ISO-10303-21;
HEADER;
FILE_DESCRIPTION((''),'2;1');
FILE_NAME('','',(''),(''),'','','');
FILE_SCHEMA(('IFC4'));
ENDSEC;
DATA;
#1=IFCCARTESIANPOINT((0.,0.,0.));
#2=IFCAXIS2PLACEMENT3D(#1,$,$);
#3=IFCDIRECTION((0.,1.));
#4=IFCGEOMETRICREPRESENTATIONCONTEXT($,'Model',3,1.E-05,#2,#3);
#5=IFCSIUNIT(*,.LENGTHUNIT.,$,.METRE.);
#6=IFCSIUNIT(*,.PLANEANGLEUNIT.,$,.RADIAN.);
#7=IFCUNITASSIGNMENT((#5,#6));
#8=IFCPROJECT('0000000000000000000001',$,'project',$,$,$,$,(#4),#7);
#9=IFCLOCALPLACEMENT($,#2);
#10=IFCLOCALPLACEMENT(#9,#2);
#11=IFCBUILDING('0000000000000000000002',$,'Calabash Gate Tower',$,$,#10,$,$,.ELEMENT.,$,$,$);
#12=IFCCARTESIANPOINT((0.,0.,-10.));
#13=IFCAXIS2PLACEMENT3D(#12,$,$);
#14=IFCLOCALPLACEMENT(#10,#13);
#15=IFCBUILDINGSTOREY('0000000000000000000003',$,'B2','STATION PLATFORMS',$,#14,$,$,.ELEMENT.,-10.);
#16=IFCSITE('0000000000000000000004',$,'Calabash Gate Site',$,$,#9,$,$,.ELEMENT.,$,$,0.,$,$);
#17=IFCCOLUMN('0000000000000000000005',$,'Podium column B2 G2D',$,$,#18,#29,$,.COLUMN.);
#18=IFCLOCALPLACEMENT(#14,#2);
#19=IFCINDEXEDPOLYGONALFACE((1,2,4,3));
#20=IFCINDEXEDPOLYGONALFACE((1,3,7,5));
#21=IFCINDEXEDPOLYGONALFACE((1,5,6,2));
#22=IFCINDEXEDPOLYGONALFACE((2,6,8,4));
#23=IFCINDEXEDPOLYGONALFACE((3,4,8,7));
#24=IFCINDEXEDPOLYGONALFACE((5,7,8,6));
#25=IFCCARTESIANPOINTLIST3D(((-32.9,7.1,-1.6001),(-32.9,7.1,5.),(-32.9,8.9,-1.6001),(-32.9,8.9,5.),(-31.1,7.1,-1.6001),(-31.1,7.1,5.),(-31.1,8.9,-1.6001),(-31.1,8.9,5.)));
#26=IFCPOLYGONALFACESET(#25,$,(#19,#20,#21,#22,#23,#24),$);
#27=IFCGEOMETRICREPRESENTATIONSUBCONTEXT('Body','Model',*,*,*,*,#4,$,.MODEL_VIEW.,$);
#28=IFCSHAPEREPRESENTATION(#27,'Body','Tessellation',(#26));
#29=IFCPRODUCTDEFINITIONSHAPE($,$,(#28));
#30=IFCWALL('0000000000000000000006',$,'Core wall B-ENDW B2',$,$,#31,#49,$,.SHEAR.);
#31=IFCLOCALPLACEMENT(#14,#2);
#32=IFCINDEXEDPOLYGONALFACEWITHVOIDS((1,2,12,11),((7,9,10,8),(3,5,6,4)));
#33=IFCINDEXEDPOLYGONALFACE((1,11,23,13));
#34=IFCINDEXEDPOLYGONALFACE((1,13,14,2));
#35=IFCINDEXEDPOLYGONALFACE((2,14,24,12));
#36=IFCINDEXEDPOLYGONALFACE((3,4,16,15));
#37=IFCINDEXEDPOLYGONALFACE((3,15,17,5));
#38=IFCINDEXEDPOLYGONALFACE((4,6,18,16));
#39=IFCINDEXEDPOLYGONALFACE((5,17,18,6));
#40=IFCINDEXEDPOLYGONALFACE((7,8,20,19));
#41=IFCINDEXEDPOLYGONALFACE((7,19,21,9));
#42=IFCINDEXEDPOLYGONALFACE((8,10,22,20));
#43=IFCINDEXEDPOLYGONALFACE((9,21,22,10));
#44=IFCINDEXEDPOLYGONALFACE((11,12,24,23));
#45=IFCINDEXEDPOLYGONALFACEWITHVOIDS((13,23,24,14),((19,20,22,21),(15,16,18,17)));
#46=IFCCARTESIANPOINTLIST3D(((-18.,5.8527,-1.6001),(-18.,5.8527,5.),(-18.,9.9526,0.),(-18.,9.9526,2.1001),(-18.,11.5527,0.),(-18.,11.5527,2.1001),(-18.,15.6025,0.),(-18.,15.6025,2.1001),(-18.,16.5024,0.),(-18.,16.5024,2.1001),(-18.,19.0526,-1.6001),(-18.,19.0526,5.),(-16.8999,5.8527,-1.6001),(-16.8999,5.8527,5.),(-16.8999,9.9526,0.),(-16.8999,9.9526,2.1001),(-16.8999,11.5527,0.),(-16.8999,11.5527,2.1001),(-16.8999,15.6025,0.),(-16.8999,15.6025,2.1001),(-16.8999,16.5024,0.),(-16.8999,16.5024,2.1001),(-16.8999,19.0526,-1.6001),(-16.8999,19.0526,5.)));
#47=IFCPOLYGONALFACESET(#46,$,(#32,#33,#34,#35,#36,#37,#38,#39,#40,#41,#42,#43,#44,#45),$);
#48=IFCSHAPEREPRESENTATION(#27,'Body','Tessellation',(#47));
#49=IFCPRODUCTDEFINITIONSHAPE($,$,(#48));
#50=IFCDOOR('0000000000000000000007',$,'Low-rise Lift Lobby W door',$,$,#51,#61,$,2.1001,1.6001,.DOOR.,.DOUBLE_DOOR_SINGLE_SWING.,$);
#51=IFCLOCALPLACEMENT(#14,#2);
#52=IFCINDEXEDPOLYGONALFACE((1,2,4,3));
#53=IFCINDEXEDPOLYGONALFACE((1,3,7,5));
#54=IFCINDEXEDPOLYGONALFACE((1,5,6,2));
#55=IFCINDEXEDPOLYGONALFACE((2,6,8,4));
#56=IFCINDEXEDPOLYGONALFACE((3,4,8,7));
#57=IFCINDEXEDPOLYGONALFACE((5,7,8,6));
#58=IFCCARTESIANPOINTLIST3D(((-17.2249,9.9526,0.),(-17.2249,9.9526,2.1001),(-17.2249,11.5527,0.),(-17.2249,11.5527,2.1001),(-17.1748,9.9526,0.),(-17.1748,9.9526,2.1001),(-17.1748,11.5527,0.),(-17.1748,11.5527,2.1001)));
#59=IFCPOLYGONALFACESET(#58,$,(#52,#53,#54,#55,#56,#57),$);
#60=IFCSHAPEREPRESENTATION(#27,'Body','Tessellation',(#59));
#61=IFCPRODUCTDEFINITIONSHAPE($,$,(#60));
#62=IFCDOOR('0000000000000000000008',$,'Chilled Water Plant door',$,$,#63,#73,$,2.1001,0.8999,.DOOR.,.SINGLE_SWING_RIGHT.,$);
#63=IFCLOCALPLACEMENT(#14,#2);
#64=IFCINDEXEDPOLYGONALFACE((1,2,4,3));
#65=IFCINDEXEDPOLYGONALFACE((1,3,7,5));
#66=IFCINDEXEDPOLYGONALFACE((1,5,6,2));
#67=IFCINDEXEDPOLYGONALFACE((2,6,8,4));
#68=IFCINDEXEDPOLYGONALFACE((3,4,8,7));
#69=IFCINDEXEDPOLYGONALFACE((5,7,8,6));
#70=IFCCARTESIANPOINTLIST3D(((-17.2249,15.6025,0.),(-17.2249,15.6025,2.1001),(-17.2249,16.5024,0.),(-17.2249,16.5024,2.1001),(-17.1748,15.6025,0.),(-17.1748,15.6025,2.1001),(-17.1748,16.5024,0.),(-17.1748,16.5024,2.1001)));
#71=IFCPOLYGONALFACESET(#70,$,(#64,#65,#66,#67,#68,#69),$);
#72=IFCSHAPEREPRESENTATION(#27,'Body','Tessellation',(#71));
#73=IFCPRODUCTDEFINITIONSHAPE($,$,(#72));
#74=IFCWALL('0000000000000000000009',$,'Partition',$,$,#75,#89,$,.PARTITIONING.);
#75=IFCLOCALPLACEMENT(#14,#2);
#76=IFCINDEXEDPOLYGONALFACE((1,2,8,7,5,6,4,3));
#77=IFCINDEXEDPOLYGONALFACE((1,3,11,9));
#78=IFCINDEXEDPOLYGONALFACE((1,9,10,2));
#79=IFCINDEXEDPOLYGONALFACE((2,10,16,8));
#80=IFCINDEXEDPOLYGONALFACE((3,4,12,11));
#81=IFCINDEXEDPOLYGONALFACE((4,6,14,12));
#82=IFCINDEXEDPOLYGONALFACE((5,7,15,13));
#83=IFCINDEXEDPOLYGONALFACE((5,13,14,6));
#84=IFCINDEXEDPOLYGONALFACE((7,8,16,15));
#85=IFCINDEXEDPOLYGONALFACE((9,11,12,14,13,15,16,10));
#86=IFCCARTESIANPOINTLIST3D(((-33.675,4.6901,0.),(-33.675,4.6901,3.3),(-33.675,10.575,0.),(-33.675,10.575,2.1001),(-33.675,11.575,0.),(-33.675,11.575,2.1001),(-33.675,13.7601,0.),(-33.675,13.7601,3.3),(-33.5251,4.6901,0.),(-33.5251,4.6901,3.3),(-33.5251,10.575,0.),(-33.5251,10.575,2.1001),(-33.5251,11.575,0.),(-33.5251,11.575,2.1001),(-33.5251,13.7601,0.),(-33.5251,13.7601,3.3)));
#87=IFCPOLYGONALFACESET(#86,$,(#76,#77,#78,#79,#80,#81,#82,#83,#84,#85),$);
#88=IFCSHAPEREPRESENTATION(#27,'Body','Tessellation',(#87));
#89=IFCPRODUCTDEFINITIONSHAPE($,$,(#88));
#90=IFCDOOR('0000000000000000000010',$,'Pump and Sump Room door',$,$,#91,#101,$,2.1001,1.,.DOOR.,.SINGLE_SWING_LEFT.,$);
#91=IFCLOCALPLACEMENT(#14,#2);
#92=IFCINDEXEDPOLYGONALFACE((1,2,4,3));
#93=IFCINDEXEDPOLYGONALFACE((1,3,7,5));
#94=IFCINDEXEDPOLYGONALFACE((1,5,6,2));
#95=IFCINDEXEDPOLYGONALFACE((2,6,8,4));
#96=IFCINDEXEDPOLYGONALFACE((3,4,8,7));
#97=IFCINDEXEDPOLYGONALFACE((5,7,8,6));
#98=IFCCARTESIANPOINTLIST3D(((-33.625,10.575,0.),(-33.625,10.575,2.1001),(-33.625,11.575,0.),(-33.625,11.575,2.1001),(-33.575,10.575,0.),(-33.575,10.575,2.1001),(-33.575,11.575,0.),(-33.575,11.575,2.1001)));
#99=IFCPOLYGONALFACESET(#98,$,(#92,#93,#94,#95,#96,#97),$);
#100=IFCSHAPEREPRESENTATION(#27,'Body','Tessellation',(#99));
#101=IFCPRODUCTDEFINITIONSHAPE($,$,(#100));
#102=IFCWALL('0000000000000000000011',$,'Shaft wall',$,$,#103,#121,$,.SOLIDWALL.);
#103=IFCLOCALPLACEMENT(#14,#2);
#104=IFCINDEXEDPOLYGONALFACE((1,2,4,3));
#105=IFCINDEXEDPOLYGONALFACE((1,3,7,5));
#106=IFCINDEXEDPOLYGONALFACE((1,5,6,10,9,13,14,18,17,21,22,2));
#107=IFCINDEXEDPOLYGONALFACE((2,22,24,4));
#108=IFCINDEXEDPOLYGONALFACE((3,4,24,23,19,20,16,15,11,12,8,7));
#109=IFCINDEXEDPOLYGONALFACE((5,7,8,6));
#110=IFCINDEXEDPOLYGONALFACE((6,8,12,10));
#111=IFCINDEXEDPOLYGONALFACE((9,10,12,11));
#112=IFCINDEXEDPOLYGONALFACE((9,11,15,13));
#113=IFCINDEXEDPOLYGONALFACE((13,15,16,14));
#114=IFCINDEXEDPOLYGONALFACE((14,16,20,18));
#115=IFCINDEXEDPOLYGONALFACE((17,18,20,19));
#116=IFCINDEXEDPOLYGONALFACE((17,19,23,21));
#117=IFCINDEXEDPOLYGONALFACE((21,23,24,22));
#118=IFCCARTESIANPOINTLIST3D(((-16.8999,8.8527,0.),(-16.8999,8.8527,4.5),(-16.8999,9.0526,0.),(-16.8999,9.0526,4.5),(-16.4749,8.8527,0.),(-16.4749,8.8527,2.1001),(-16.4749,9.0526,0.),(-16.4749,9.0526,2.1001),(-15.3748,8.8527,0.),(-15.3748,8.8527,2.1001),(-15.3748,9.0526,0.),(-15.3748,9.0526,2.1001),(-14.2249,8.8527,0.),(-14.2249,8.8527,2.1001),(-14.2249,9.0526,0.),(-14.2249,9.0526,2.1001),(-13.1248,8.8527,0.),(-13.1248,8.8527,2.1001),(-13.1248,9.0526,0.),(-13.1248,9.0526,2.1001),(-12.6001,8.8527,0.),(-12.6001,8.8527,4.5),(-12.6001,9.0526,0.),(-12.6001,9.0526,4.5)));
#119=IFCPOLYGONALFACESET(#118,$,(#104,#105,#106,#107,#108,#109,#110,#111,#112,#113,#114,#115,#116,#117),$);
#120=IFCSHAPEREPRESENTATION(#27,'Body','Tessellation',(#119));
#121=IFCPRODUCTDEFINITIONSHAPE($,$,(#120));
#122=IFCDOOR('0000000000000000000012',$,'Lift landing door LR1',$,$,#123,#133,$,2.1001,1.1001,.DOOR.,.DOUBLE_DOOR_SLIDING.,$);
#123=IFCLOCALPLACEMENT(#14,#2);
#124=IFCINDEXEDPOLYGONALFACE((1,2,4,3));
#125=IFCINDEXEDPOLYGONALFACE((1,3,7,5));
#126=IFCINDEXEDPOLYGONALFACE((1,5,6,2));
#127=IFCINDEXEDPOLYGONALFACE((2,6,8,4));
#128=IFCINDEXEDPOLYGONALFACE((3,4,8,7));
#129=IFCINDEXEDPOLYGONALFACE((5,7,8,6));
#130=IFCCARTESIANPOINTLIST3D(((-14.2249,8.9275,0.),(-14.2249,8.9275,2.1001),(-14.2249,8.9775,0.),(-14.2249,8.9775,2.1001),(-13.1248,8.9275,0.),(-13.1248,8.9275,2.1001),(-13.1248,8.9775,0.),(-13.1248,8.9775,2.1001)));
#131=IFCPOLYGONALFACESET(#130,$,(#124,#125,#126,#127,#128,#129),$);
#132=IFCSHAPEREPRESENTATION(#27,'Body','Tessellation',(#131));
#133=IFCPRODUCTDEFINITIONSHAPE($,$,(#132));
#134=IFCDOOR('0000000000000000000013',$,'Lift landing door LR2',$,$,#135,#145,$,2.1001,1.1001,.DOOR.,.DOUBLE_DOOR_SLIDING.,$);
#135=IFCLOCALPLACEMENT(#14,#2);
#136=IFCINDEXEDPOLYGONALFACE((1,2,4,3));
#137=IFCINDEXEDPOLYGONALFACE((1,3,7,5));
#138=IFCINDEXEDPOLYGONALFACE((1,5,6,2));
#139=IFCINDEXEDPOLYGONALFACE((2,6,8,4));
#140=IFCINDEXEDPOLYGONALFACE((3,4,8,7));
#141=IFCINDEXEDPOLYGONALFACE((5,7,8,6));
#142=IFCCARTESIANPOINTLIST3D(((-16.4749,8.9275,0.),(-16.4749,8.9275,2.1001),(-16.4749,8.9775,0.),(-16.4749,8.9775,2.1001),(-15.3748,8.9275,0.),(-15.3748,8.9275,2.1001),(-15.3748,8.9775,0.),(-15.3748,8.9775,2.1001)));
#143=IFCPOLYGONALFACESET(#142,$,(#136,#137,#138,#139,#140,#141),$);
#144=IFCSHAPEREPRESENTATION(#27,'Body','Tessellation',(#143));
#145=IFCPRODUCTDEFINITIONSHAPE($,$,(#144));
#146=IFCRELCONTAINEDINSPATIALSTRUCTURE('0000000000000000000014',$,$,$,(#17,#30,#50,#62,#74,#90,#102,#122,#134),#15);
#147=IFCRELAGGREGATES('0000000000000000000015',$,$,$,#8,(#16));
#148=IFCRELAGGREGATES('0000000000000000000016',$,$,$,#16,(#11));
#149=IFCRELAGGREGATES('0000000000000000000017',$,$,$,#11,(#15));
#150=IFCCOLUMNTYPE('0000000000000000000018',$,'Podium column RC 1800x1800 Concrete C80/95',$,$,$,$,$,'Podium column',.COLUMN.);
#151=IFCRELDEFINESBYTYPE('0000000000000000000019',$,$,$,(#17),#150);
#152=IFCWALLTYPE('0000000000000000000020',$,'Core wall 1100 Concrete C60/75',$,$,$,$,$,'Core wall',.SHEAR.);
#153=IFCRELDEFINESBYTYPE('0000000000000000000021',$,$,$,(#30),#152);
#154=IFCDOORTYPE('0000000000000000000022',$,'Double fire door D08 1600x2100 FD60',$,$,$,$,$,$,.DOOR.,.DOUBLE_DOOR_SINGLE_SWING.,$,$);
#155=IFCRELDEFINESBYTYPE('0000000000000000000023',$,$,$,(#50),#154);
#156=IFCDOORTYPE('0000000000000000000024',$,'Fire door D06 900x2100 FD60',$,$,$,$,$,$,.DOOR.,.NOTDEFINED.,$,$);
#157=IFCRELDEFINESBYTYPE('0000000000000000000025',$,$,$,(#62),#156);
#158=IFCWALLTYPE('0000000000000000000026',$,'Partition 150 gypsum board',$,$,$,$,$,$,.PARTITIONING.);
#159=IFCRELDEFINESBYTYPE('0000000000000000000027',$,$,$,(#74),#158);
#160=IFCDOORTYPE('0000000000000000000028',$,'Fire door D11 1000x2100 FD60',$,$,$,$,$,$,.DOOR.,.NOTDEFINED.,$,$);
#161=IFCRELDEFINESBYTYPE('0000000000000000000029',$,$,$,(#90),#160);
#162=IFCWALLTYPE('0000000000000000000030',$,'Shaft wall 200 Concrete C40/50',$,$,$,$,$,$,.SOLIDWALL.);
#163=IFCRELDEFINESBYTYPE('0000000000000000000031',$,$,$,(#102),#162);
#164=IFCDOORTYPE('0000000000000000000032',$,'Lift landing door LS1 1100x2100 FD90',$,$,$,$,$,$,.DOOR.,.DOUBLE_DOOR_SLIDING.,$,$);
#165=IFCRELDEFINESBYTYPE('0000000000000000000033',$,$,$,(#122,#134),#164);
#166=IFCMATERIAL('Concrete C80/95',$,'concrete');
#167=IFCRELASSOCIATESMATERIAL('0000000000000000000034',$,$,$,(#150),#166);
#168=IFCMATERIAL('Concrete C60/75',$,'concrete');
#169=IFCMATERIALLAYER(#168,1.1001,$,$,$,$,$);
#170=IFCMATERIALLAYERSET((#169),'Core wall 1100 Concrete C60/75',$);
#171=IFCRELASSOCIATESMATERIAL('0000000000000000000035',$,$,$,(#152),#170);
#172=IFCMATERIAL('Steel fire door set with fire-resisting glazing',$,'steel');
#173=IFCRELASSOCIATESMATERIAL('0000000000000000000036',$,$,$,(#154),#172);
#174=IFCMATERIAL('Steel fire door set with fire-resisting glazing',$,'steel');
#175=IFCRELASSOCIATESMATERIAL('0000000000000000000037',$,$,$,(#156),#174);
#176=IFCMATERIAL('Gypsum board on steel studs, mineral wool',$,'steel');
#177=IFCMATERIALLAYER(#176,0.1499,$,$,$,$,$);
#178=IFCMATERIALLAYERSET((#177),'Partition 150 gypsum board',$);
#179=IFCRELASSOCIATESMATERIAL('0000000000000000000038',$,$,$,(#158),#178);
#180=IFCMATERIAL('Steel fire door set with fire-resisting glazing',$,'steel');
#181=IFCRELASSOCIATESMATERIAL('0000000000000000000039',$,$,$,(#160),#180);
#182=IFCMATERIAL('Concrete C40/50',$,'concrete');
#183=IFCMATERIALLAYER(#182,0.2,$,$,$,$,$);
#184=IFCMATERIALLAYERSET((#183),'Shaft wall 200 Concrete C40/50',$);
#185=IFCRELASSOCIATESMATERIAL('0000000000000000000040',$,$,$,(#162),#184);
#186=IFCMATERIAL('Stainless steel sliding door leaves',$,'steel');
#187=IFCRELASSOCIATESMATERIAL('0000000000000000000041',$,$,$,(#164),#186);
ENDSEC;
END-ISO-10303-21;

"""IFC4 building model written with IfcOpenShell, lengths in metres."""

from ifc_helpers import new_model, si_unit, direction, frame, frame_2d, origin, origin_2d, place, context, subcontext, project, spatial, rectangle, extrude, material, layer, layer_set, material_profile, profile_set, type_object, element, fill, save


model = new_model("IFC4")

# Units and contexts
model_context = context("Model", 3, precision=1e-05, world=origin(), true_north=direction((0.0, 1.0)))
body_context = subcontext(model_context, "Body", "Model", "MODEL_VIEW")
ifc_project = project(units=[si_unit("LENGTHUNIT", "METRE"), si_unit("PLANEANGLEUNIT", "RADIAN")], contexts=[model_context])

# Site, building, storey
site_placement = place(None, origin())
site = spatial("IfcSite", under=ifc_project, at=site_placement, Name="Calabash Gate Site", CompositionType="ELEMENT", RefElevation=0.0)
building_placement = place(site_placement, origin())
building = spatial("IfcBuilding", under=site, at=building_placement, Name="Calabash Gate Tower", CompositionType="ELEMENT")
storey_placement = place(building_placement, frame((0.0, 0.0, -10.0)))
storey = spatial("IfcBuildingStorey", under=building, at=storey_placement, Name="B2", Description="STATION PLATFORMS", CompositionType="ELEMENT", Elevation=-10.0)

# Column
ifc_material_1 = material(Name="Concrete C80/95", Category="concrete")
ifc_material_profile_1 = material_profile(ifc_material_1, rectangle(XDim=1.8, YDim=1.8, at=origin_2d()))
ifc_profile_set_1 = profile_set([ifc_material_profile_1], Name="Concrete C80/95")
column_type_1 = type_object("IfcColumnType", Name="Podium column RC 1800x1800 Concrete C80/95", ElementType="Podium column", PredefinedType="COLUMN", material=ifc_profile_set_1)
column_1_placement = place(storey_placement, frame((-32.0, 8.0, -1.6001), z_axis=(0.0, 0.0, 1.0), x_axis=(1.0, 0.0, 0.0)))
element("IfcColumn", 1, at=column_1_placement, inside=storey, type_object=column_type_1, Name="Podium column B2 G2D", PredefinedType="COLUMN", context=body_context, shape_type="SweptSolid", body=[
    extrude(rectangle(XDim=1.8, YDim=1.8, at=origin_2d()), origin(), (0.0, 0.0, 1.0), 6.6001),
])

# Wall, openings, doors
ifc_material_2 = material(Name="Concrete C60/75", Category="concrete")
ifc_layer_1 = layer(ifc_material_2, 1.1001)
ifc_layer_set_1 = layer_set([ifc_layer_1], Name="Core wall 1100 Concrete C60/75")
wall_type_1 = type_object("IfcWallType", Name="Core wall 1100 Concrete C60/75", ElementType="Core wall", PredefinedType="SHEAR", material=ifc_layer_set_1)
wall_1_placement = place(storey_placement, frame((-17.45, 5.8525, -1.6001), z_axis=(0.0, 0.0, 1.0), x_axis=(0.0, 1.0, 0.0)))
wall_1 = element("IfcWall", 2, at=wall_1_placement, inside=storey, type_object=wall_type_1, Name="Core wall B-ENDW B2", PredefinedType="SHEAR", context=body_context, shape_type="SweptSolid", body=[
    extrude(rectangle(XDim=13.2, YDim=1.1001, at=frame_2d((6.6001, 0.0))), origin(), (0.0, 0.0, 1.0), 6.6001),
])
opening_1_placement = place(wall_1_placement, frame((4.1001, 0.0, 1.6001)))
opening_1 = element("IfcOpeningElement", 3, at=opening_1_placement, cuts=wall_1, PredefinedType="OPENING", context=body_context, shape_type="SweptSolid", body=[
    extrude(rectangle(XDim=1.6001, YDim=2.1001, at=frame_2d((0.8, 1.05))), frame((0.0, 0.5601, 0.0), z_axis=(0.0, -1.0, 0.0), x_axis=(1.0, 0.0, 0.0)), (0.0, 0.0, 1.0), 1.1201),
])
opening_2_placement = place(wall_1_placement, frame((9.75, 0.0, 1.6001)))
opening_2 = element("IfcOpeningElement", 4, at=opening_2_placement, cuts=wall_1, PredefinedType="OPENING", context=body_context, shape_type="SweptSolid", body=[
    extrude(rectangle(XDim=0.8999, YDim=2.1001, at=frame_2d((0.45, 1.05))), frame((0.0, 0.5601, 0.0), z_axis=(0.0, -1.0, 0.0), x_axis=(1.0, 0.0, 0.0)), (0.0, 0.0, 1.0), 1.1201),
])
ifc_material_3 = material(Name="Steel fire door set with fire-resisting glazing", Category="steel")
door_type_1 = type_object("IfcDoorType", Name="Double fire door D08 1600x2100 FD60", OperationType="DOUBLE_DOOR_SINGLE_SWING", PredefinedType="DOOR", material=ifc_material_3)
door_1_placement = place(opening_1_placement, origin())
door_1 = element("IfcDoor", 5, at=door_1_placement, inside=storey, type_object=door_type_1, Name="Low-rise Lift Lobby W door", OperationType="DOUBLE_DOOR_SINGLE_SWING", OverallHeight=2.1001, OverallWidth=1.6001, PredefinedType="DOOR", context=body_context, shape_type="SweptSolid", body=[
    extrude(rectangle(XDim=1.6001, YDim=2.1001, at=frame_2d((0.8, 1.05))), frame((0.0, -0.2251, 0.0), z_axis=(0.0, -1.0, 0.0), x_axis=(1.0, 0.0, 0.0)), (0.0, 0.0, 1.0), 0.05),
])
fill(opening_1, door_1)
ifc_material_4 = material(Name="Steel fire door set with fire-resisting glazing", Category="steel")
door_type_2 = type_object("IfcDoorType", Name="Fire door D06 900x2100 FD60", OperationType="NOTDEFINED", PredefinedType="DOOR", material=ifc_material_4)
door_2_placement = place(opening_2_placement, origin())
door_2 = element("IfcDoor", 6, at=door_2_placement, inside=storey, type_object=door_type_2, Name="Chilled Water Plant door", OperationType="SINGLE_SWING_RIGHT", OverallHeight=2.1001, OverallWidth=0.8999, PredefinedType="DOOR", context=body_context, shape_type="SweptSolid", body=[
    extrude(rectangle(XDim=0.8999, YDim=2.1001, at=frame_2d((0.45, 1.05))), frame((0.0, -0.2251, 0.0), z_axis=(0.0, -1.0, 0.0), x_axis=(1.0, 0.0, 0.0)), (0.0, 0.0, 1.0), 0.05),
])
fill(opening_2, door_2)

# Wall, opening, door
ifc_material_5 = material(Name="Gypsum board on steel studs, mineral wool", Category="steel")
ifc_layer_2 = layer(ifc_material_5, 0.1499)
ifc_layer_set_2 = layer_set([ifc_layer_2], Name="Partition 150 gypsum board")
wall_type_2 = type_object("IfcWallType", Name="Partition 150 gypsum board", PredefinedType="PARTITIONING", material=ifc_layer_set_2)
wall_2_placement = place(storey_placement, frame((-33.6001, 4.6899, 0.0), z_axis=(0.0, 0.0, 1.0), x_axis=(0.0, 1.0, 0.0)))
wall_2 = element("IfcWall", 7, at=wall_2_placement, inside=storey, type_object=wall_type_2, Name="Partition", PredefinedType="PARTITIONING", context=body_context, shape_type="SweptSolid", body=[
    extrude(rectangle(XDim=9.0701, YDim=0.1499, at=frame_2d((4.5352, 0.0))), origin(), (0.0, 0.0, 1.0), 3.3),
])
opening_3_placement = place(wall_2_placement, frame((5.885, 0.0, 0.0)))
opening_3 = element("IfcOpeningElement", 8, at=opening_3_placement, cuts=wall_2, PredefinedType="OPENING", context=body_context, shape_type="SweptSolid", body=[
    extrude(rectangle(XDim=1.0, YDim=2.1001, at=frame_2d((0.5, 1.05))), frame((0.0, 0.085, 0.0), z_axis=(0.0, -1.0, 0.0), x_axis=(1.0, 0.0, 0.0)), (0.0, 0.0, 1.0), 0.1699),
])
ifc_material_6 = material(Name="Steel fire door set with fire-resisting glazing", Category="steel")
door_type_3 = type_object("IfcDoorType", Name="Fire door D11 1000x2100 FD60", OperationType="NOTDEFINED", PredefinedType="DOOR", material=ifc_material_6)
door_3_placement = place(opening_3_placement, origin())
door_3 = element("IfcDoor", 9, at=door_3_placement, inside=storey, type_object=door_type_3, Name="Pump and Sump Room door", OperationType="SINGLE_SWING_LEFT", OverallHeight=2.1001, OverallWidth=1.0, PredefinedType="DOOR", context=body_context, shape_type="SweptSolid", body=[
    extrude(rectangle(XDim=1.0, YDim=2.1001, at=frame_2d((0.5, 1.05))), frame((0.0, 0.0249, 0.0), z_axis=(0.0, -1.0, 0.0), x_axis=(1.0, 0.0, 0.0)), (0.0, 0.0, 1.0), 0.05),
])
fill(opening_3, door_3)

# Wall, openings, doors
ifc_material_7 = material(Name="Concrete C40/50", Category="concrete")
ifc_layer_3 = layer(ifc_material_7, 0.2)
ifc_layer_set_3 = layer_set([ifc_layer_3], Name="Shaft wall 200 Concrete C40/50")
wall_type_3 = type_object("IfcWallType", Name="Shaft wall 200 Concrete C40/50", PredefinedType="SOLIDWALL", material=ifc_layer_set_3)
wall_3_placement = place(storey_placement, frame((-16.8999, 8.9526, 0.0), z_axis=(0.0, 0.0, 1.0), x_axis=(1.0, 0.0, 0.0)))
wall_3 = element("IfcWall", 10, at=wall_3_placement, inside=storey, type_object=wall_type_3, Name="Shaft wall", PredefinedType="SOLIDWALL", context=body_context, shape_type="SweptSolid", body=[
    extrude(rectangle(XDim=4.2998, YDim=0.2, at=frame_2d((2.1499, 0.0))), origin(), (0.0, 0.0, 1.0), 4.5),
])
opening_4_placement = place(wall_3_placement, frame((2.675, 0.0, 0.0)))
opening_4 = element("IfcOpeningElement", 11, at=opening_4_placement, cuts=wall_3, PredefinedType="OPENING", context=body_context, shape_type="SweptSolid", body=[
    extrude(rectangle(XDim=1.1001, YDim=2.1001, at=frame_2d((0.55, 1.05))), frame((0.0, 0.1099, 0.0), z_axis=(0.0, -1.0, 0.0), x_axis=(1.0, 0.0, 0.0)), (0.0, 0.0, 1.0), 0.22),
])
opening_5_placement = place(wall_3_placement, frame((0.425, 0.0, 0.0)))
opening_5 = element("IfcOpeningElement", 12, at=opening_5_placement, cuts=wall_3, PredefinedType="OPENING", context=body_context, shape_type="SweptSolid", body=[
    extrude(rectangle(XDim=1.1001, YDim=2.1001, at=frame_2d((0.55, 1.05))), frame((0.0, 0.1099, 0.0), z_axis=(0.0, -1.0, 0.0), x_axis=(1.0, 0.0, 0.0)), (0.0, 0.0, 1.0), 0.22),
])
ifc_material_8 = material(Name="Stainless steel sliding door leaves", Category="steel")
door_type_4 = type_object("IfcDoorType", Name="Lift landing door LS1 1100x2100 FD90", OperationType="DOUBLE_DOOR_SLIDING", PredefinedType="DOOR", material=ifc_material_8)
door_4_placement = place(opening_4_placement, origin())
door_4 = element("IfcDoor", 13, at=door_4_placement, inside=storey, type_object=door_type_4, Name="Lift landing door LR1", OperationType="DOUBLE_DOOR_SLIDING", OverallHeight=2.1001, OverallWidth=1.1001, PredefinedType="DOOR", context=body_context, shape_type="SweptSolid", body=[
    extrude(rectangle(XDim=1.1001, YDim=2.1001, at=frame_2d((0.55, 1.05))), frame((0.0, 0.0249, 0.0), z_axis=(0.0, -1.0, 0.0), x_axis=(1.0, 0.0, 0.0)), (0.0, 0.0, 1.0), 0.05),
])
fill(opening_4, door_4)
door_5_placement = place(opening_5_placement, origin())
door_5 = element("IfcDoor", 14, at=door_5_placement, inside=storey, type_object=door_type_4, Name="Lift landing door LR2", OperationType="DOUBLE_DOOR_SLIDING", OverallHeight=2.1001, OverallWidth=1.1001, PredefinedType="DOOR", context=body_context, shape_type="SweptSolid", body=[
    extrude(rectangle(XDim=1.1001, YDim=2.1001, at=frame_2d((0.55, 1.05))), frame((0.0, 0.0249, 0.0), z_axis=(0.0, -1.0, 0.0), x_axis=(1.0, 0.0, 0.0)), (0.0, 0.0, 1.0), 0.05),
])
fill(opening_5, door_5)

save(model, "model.ifc")
